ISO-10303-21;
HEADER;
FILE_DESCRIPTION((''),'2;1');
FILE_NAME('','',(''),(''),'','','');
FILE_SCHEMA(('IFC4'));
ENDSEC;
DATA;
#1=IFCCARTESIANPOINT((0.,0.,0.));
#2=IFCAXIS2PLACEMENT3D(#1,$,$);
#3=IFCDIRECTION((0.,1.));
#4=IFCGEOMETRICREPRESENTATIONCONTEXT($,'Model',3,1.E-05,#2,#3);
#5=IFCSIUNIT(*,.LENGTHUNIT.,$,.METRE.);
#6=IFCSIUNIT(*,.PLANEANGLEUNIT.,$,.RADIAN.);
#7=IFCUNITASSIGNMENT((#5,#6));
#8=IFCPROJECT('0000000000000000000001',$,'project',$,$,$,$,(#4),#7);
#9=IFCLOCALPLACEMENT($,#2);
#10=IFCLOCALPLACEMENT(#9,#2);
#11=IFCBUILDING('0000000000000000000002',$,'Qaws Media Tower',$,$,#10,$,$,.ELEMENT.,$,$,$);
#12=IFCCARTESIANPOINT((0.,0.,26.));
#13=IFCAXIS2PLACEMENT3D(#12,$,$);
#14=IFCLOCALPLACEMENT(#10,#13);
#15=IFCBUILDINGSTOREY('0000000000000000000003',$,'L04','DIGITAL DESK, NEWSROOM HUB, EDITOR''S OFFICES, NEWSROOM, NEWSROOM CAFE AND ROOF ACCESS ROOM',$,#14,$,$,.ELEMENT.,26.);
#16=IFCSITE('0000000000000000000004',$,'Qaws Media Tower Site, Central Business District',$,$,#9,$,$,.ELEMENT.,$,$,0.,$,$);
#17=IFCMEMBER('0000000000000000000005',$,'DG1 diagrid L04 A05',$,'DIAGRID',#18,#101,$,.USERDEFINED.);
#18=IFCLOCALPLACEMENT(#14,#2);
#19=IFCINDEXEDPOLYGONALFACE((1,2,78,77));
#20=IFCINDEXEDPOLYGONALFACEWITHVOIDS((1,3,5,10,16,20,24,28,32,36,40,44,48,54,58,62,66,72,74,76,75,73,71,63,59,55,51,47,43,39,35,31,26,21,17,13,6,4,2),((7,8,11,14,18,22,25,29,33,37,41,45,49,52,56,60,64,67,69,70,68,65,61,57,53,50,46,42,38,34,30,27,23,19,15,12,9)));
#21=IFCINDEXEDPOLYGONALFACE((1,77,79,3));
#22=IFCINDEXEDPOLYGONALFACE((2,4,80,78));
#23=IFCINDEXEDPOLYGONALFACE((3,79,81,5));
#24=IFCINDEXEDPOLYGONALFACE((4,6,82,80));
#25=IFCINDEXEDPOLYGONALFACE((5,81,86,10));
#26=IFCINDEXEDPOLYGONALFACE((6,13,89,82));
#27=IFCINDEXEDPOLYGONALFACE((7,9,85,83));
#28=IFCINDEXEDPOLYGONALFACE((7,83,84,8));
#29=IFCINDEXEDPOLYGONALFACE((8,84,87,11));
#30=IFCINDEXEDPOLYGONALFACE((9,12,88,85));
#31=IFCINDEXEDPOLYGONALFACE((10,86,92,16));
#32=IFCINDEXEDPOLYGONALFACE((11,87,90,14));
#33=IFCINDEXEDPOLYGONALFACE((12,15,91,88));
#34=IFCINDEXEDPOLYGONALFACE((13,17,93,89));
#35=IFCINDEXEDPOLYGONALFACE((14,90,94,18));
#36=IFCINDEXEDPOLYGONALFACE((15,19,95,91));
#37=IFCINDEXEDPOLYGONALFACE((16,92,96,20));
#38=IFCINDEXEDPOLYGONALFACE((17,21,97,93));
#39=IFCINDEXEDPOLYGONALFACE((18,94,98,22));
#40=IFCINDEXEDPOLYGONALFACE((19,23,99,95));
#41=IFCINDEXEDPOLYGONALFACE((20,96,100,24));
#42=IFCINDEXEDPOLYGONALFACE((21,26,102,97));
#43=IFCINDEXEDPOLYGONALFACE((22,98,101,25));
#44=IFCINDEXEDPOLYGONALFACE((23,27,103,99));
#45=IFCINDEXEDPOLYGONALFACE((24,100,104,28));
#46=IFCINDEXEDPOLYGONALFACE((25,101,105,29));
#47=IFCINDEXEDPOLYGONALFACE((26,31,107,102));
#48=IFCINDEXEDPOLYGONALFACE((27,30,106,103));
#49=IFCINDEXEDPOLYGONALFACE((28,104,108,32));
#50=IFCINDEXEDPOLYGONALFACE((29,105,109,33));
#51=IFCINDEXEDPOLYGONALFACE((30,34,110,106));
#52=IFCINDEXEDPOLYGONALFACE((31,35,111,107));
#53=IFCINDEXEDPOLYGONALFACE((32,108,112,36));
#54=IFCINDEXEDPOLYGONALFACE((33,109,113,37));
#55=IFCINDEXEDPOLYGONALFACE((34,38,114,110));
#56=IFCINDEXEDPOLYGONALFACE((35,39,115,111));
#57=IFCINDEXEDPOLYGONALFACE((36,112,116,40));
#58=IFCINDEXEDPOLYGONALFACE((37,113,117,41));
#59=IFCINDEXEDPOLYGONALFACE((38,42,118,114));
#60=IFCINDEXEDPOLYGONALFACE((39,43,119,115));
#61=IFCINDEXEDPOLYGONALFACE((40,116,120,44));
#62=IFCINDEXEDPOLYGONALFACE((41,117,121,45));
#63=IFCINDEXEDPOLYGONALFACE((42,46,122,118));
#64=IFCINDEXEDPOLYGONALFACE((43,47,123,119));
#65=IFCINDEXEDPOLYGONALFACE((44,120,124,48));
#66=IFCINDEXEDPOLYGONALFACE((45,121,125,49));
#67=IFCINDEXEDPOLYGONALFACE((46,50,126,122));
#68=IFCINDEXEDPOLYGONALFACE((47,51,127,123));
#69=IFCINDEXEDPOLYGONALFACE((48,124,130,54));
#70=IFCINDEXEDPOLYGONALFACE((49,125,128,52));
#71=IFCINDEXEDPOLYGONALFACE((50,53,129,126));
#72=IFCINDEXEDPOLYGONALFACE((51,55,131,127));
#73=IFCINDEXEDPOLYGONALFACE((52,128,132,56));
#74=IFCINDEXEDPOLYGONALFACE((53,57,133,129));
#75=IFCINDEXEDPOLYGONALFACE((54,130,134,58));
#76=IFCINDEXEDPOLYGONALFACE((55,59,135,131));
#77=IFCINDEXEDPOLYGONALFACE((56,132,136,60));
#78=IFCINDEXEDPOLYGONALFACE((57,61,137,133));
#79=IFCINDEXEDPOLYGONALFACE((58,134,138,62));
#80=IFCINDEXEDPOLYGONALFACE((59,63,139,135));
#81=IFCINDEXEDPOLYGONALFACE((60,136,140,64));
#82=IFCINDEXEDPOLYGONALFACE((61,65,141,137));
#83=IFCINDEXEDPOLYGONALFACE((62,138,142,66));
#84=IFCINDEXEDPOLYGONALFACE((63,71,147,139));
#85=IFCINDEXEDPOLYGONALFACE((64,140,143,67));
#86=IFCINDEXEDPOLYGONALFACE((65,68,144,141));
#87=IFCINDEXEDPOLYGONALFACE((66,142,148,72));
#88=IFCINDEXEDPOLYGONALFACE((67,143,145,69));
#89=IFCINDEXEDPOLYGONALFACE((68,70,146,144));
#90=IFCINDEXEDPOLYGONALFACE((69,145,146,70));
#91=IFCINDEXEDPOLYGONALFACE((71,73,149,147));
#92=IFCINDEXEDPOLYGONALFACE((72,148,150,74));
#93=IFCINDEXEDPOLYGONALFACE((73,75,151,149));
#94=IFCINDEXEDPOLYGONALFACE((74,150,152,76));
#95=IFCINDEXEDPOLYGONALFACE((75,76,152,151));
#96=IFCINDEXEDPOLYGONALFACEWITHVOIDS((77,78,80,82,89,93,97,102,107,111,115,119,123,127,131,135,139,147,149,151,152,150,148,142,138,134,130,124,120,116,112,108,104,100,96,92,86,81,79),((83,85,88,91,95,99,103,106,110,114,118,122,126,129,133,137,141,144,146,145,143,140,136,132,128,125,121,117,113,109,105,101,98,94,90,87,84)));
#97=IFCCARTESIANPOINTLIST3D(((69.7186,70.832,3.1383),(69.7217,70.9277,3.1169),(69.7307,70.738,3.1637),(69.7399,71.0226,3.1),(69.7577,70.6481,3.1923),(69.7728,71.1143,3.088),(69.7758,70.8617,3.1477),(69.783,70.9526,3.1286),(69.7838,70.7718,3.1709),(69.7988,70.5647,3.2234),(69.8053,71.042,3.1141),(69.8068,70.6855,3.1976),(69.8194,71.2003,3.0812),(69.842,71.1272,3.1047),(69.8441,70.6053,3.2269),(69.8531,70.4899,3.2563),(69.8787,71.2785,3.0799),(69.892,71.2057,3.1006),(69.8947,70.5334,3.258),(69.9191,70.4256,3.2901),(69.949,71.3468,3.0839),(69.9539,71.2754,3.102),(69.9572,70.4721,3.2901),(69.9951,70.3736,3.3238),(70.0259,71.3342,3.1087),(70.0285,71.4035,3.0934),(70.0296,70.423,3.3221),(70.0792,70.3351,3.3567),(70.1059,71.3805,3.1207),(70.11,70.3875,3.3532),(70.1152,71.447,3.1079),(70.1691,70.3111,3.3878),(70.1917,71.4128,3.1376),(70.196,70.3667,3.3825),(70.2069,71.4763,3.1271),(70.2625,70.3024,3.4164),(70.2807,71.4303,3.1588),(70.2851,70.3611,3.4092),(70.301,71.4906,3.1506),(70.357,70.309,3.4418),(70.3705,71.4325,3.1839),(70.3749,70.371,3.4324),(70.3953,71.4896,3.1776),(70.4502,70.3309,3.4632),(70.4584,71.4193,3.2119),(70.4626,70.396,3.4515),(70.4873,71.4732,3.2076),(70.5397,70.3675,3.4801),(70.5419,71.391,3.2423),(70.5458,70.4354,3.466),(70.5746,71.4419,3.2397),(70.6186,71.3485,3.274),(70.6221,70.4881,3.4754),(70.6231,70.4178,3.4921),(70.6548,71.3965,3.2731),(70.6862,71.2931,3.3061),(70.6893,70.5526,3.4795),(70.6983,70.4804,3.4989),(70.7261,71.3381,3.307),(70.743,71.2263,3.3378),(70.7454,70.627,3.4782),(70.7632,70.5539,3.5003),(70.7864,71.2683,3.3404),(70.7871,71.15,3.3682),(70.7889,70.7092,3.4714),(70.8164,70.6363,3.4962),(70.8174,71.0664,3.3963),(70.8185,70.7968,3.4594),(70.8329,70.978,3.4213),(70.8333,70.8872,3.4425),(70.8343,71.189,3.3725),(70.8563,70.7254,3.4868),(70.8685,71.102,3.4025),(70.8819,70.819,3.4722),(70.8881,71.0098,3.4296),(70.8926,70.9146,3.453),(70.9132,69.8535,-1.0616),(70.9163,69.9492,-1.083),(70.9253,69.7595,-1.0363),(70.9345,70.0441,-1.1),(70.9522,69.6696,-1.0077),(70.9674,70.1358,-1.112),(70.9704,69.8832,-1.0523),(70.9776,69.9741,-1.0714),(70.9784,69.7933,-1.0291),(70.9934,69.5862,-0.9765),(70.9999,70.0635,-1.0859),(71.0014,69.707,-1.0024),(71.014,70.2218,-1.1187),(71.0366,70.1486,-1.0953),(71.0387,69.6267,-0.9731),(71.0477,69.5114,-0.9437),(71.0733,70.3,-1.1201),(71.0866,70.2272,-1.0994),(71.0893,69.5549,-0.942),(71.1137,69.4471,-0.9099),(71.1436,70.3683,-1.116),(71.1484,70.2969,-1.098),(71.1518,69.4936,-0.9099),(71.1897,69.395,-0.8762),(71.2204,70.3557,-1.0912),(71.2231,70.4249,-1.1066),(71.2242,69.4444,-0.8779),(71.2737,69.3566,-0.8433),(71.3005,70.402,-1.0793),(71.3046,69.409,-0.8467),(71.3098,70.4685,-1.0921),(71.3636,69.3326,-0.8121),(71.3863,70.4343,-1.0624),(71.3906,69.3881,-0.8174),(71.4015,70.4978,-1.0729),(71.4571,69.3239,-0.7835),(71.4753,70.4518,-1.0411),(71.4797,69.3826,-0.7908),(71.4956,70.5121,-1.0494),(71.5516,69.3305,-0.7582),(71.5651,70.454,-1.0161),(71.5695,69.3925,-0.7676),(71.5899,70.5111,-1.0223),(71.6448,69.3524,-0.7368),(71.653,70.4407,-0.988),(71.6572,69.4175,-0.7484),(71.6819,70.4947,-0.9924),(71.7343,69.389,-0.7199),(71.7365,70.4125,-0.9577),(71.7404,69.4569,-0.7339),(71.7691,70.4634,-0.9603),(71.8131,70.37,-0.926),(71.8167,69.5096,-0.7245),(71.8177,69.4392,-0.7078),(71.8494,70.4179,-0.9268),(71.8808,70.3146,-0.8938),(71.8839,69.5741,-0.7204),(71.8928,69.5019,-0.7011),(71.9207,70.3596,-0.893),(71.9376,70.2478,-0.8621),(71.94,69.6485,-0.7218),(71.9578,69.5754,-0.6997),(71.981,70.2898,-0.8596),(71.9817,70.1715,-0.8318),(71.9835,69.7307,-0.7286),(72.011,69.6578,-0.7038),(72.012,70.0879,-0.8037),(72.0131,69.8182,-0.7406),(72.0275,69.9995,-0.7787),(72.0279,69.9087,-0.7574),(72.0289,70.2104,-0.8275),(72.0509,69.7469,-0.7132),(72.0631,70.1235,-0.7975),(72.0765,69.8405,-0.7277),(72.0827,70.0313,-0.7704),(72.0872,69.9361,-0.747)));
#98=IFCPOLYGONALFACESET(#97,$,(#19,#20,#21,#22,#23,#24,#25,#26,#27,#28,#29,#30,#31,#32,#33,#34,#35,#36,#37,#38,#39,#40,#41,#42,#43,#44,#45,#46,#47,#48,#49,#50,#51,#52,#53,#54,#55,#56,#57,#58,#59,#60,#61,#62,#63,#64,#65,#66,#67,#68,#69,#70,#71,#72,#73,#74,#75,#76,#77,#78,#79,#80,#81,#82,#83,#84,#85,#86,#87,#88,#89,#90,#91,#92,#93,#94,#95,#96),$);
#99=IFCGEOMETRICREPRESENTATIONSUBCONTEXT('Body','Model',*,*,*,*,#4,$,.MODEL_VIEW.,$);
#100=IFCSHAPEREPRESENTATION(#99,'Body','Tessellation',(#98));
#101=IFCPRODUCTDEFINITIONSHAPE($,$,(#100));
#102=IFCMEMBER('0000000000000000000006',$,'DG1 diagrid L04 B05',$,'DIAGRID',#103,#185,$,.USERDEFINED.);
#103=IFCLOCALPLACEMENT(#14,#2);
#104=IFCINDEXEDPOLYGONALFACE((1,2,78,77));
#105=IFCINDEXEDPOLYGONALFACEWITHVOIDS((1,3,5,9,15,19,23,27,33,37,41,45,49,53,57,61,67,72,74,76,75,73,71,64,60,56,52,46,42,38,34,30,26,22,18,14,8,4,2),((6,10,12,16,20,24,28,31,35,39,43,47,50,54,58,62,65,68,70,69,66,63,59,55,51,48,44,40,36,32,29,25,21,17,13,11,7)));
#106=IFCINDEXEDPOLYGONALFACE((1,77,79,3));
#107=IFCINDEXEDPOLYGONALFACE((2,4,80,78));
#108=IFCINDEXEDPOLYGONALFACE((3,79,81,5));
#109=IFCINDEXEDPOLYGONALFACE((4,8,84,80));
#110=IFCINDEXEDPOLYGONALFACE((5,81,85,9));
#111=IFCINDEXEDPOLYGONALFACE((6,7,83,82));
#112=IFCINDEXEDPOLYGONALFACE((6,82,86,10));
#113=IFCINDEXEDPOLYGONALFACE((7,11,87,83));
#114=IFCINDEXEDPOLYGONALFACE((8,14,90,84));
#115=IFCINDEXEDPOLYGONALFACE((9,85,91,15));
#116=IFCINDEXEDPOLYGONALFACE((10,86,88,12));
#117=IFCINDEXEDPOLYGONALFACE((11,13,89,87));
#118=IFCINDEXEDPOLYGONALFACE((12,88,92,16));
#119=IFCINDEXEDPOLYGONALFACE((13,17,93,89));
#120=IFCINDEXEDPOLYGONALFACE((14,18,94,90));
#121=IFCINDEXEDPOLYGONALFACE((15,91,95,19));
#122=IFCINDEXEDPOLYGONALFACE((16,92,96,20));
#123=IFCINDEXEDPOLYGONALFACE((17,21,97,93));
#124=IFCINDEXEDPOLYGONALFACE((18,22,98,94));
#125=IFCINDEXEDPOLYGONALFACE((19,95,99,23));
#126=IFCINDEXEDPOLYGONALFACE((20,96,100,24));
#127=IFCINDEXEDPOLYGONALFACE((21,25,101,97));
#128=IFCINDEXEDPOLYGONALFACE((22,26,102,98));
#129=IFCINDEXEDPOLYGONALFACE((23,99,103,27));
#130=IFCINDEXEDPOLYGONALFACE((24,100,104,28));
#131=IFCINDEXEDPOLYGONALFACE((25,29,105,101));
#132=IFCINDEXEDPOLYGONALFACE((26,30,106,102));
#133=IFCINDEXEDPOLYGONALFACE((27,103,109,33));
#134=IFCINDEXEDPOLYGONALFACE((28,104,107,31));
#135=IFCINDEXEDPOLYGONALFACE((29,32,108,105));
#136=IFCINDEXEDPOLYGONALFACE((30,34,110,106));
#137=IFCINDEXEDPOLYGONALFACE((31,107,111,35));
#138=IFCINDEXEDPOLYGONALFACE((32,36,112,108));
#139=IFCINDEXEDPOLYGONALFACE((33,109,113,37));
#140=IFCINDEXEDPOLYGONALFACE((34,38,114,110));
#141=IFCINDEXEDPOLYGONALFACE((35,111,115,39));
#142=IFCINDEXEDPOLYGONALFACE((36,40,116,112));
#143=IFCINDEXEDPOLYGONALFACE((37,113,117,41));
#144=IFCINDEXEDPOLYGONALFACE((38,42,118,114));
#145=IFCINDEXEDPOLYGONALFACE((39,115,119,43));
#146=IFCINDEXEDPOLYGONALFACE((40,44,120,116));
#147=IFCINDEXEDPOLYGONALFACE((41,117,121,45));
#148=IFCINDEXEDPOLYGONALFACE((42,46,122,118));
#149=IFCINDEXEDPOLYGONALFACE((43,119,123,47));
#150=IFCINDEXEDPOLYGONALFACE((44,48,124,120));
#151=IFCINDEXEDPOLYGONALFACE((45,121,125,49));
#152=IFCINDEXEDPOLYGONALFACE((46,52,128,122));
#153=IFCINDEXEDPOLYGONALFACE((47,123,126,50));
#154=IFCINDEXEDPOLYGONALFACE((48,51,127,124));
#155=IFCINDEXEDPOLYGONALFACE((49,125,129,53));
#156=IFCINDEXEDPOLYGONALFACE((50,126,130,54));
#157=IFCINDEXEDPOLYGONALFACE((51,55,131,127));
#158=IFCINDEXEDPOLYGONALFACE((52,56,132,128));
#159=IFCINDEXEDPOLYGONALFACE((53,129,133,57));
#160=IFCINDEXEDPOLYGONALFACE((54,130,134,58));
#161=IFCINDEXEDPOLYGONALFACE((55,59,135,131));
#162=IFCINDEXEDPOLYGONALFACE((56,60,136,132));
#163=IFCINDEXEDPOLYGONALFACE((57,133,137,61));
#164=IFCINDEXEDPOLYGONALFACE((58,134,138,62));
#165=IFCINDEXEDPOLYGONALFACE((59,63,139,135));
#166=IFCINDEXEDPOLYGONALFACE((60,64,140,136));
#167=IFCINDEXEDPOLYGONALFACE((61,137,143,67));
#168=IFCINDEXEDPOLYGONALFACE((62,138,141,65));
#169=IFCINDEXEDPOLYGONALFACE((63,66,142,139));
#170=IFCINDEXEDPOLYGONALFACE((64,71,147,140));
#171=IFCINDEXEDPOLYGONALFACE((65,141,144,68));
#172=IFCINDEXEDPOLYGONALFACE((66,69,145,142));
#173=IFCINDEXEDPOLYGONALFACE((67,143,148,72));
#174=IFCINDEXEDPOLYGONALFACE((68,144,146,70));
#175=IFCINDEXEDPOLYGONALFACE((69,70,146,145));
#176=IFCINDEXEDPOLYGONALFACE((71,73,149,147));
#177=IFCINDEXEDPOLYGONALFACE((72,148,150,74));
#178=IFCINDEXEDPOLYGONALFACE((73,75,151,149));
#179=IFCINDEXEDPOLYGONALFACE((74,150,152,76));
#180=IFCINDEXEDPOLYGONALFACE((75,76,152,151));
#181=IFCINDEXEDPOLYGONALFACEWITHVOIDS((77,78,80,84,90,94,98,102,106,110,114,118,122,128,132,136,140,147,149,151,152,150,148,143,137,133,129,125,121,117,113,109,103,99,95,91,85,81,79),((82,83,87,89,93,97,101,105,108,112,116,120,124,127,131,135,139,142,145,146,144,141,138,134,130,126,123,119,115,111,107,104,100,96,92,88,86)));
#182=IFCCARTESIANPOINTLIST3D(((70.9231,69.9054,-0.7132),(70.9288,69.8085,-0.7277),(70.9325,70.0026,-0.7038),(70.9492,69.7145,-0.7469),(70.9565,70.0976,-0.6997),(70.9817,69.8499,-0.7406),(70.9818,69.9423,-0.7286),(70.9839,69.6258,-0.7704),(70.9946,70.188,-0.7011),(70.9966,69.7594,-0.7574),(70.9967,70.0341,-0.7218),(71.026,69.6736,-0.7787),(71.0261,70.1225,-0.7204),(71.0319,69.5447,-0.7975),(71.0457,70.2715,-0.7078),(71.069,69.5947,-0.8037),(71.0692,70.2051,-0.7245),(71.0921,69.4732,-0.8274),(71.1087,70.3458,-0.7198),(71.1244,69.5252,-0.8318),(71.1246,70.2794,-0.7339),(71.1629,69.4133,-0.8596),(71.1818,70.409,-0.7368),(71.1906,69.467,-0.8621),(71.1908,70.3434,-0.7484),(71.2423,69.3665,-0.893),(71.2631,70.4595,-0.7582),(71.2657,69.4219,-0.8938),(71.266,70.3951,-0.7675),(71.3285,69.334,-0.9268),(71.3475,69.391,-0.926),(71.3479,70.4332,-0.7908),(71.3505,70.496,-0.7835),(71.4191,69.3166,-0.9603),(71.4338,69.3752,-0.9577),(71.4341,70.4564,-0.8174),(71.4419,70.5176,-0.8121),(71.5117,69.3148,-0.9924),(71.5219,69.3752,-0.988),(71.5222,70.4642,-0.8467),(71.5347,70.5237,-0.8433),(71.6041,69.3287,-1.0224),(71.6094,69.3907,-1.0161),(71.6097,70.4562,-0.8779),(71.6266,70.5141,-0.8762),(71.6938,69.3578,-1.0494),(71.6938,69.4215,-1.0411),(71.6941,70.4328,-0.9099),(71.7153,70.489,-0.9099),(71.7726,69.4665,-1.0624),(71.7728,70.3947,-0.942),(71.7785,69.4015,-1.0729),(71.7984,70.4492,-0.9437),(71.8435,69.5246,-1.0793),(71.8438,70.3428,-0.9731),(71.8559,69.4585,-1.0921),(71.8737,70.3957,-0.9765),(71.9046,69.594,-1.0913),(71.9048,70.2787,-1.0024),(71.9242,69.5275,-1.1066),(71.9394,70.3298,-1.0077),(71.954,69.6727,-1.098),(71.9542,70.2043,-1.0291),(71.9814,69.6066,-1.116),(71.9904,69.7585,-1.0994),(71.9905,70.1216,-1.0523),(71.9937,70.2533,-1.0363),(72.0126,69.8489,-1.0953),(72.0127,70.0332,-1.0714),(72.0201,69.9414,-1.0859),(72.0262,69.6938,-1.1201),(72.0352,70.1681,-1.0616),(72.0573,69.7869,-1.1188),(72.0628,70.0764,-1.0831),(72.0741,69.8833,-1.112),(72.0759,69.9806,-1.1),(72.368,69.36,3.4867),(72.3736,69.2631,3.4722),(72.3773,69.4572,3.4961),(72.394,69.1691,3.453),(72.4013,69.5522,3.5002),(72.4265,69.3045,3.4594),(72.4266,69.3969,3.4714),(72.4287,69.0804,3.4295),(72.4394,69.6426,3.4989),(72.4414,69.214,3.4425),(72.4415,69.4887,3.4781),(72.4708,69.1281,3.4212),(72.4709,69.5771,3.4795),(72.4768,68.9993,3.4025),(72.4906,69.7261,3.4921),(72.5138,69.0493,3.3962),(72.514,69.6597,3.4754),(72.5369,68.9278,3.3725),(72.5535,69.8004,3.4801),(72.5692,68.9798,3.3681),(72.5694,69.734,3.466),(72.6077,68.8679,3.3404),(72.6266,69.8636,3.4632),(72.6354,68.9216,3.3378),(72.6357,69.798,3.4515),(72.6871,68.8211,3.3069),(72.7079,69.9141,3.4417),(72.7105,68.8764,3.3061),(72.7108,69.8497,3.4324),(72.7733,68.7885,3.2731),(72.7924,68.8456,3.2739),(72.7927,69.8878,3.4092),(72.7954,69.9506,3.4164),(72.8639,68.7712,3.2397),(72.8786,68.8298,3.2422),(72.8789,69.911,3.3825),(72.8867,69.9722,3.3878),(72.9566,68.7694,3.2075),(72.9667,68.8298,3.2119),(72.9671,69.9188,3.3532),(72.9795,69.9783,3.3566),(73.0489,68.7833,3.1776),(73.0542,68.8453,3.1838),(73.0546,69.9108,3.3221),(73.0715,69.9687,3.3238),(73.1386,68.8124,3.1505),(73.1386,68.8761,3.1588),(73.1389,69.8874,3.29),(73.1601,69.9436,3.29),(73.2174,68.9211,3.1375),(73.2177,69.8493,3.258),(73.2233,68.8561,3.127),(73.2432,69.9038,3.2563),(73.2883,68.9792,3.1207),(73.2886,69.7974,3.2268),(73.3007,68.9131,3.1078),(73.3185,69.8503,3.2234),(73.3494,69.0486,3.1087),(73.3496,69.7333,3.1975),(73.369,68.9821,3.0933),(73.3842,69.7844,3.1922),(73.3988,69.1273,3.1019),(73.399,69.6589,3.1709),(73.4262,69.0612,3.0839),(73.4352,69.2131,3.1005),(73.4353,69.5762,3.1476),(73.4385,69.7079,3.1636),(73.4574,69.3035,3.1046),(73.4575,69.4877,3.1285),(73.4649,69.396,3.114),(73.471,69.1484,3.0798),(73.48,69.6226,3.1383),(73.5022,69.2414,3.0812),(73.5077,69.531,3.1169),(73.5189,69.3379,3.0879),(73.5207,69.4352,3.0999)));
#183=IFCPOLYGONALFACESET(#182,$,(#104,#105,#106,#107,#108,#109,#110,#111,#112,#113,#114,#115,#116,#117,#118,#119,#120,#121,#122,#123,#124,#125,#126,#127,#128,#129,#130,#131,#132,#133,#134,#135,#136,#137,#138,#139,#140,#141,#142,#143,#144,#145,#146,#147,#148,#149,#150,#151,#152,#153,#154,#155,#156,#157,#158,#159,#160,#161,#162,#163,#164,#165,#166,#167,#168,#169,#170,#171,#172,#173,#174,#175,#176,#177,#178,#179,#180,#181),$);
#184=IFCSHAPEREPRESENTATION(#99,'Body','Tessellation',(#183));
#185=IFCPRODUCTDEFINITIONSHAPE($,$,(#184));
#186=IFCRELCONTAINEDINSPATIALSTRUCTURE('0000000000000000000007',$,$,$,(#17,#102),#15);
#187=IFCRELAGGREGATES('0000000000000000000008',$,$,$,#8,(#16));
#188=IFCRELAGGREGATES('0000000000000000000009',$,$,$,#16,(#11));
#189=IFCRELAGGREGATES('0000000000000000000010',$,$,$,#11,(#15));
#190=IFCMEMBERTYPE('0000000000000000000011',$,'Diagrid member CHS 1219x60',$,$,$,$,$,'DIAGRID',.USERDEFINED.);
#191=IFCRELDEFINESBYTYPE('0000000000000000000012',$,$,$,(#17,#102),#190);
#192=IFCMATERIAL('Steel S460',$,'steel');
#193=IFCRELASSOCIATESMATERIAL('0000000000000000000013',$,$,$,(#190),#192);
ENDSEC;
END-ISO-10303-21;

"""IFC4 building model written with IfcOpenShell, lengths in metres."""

from ifc_helpers import new_model, si_unit, direction, frame, origin, origin_2d, place, context, subcontext, project, spatial, hollow_circle, extrude, material, material_profile, profile_set, type_object, element, save


model = new_model("IFC4")

# Units and contexts
model_context = context("Model", 3, precision=1e-05, world=origin(), true_north=direction((0.0, 1.0)))
body_context = subcontext(model_context, "Body", "Model", "MODEL_VIEW")
ifc_project = project(units=[si_unit("LENGTHUNIT", "METRE"), si_unit("PLANEANGLEUNIT", "RADIAN")], contexts=[model_context])

# Site, building, storey
site_placement = place(None, origin())
site = spatial("IfcSite", under=ifc_project, at=site_placement, Name="Qaws Media Tower Site, Central Business District", CompositionType="ELEMENT", RefElevation=0.0)
building_placement = place(site_placement, origin())
building = spatial("IfcBuilding", under=site, at=building_placement, Name="Qaws Media Tower", CompositionType="ELEMENT")
storey_placement = place(building_placement, frame((0.0, 0.0, 26.0)))
storey = spatial("IfcBuildingStorey", under=building, at=storey_placement, Name="L04", Description="DIGITAL DESK, NEWSROOM HUB, EDITOR'S OFFICES, NEWSROOM, NEWSROOM CAFE AND ROOF ACCESS ROOM", CompositionType="ELEMENT", Elevation=26.0)

# Members
ifc_material_1 = material(Name="Steel S460", Category="steel")
ifc_material_profile_1 = material_profile(ifc_material_1, hollow_circle(Radius=0.6096, WallThickness=0.0601, at=origin_2d()), Name="CHS 1219x60")
ifc_profile_set_1 = profile_set([ifc_material_profile_1], Name="Steel S460")
member_type_1 = type_object("IfcMemberType", Name="Diagrid member CHS 1219x60", ElementType="DIAGRID", PredefinedType="USERDEFINED", material=ifc_profile_set_1)
for number, where, z_axis, x_axis, name in (
    (1, (71.5, 69.9187, -0.9099), (-0.266955, 0.218671, 0.938572), (-0.633677, -0.773598, 0.0), "DG1 diagrid L04 A05"),
    (2, (71.5, 69.9187, -0.9099), (0.322874, -0.121883, 0.938561), (0.353167, 0.93556, 0.0), "DG1 diagrid L04 B05"),
):
    element("IfcMember", number, at=place(storey_placement, frame(where, z_axis=z_axis, x_axis=x_axis)), inside=storey, type_object=member_type_1, Name=name, ObjectType="DIAGRID", PredefinedType="USERDEFINED", context=body_context, shape_type="SweptSolid", body=[
        extrude(hollow_circle(Radius=0.6096, WallThickness=0.0601, at=origin_2d()), origin(), (0.0, 0.0, 1.0), 4.4749),
    ])

save(model, "model.ifc")
